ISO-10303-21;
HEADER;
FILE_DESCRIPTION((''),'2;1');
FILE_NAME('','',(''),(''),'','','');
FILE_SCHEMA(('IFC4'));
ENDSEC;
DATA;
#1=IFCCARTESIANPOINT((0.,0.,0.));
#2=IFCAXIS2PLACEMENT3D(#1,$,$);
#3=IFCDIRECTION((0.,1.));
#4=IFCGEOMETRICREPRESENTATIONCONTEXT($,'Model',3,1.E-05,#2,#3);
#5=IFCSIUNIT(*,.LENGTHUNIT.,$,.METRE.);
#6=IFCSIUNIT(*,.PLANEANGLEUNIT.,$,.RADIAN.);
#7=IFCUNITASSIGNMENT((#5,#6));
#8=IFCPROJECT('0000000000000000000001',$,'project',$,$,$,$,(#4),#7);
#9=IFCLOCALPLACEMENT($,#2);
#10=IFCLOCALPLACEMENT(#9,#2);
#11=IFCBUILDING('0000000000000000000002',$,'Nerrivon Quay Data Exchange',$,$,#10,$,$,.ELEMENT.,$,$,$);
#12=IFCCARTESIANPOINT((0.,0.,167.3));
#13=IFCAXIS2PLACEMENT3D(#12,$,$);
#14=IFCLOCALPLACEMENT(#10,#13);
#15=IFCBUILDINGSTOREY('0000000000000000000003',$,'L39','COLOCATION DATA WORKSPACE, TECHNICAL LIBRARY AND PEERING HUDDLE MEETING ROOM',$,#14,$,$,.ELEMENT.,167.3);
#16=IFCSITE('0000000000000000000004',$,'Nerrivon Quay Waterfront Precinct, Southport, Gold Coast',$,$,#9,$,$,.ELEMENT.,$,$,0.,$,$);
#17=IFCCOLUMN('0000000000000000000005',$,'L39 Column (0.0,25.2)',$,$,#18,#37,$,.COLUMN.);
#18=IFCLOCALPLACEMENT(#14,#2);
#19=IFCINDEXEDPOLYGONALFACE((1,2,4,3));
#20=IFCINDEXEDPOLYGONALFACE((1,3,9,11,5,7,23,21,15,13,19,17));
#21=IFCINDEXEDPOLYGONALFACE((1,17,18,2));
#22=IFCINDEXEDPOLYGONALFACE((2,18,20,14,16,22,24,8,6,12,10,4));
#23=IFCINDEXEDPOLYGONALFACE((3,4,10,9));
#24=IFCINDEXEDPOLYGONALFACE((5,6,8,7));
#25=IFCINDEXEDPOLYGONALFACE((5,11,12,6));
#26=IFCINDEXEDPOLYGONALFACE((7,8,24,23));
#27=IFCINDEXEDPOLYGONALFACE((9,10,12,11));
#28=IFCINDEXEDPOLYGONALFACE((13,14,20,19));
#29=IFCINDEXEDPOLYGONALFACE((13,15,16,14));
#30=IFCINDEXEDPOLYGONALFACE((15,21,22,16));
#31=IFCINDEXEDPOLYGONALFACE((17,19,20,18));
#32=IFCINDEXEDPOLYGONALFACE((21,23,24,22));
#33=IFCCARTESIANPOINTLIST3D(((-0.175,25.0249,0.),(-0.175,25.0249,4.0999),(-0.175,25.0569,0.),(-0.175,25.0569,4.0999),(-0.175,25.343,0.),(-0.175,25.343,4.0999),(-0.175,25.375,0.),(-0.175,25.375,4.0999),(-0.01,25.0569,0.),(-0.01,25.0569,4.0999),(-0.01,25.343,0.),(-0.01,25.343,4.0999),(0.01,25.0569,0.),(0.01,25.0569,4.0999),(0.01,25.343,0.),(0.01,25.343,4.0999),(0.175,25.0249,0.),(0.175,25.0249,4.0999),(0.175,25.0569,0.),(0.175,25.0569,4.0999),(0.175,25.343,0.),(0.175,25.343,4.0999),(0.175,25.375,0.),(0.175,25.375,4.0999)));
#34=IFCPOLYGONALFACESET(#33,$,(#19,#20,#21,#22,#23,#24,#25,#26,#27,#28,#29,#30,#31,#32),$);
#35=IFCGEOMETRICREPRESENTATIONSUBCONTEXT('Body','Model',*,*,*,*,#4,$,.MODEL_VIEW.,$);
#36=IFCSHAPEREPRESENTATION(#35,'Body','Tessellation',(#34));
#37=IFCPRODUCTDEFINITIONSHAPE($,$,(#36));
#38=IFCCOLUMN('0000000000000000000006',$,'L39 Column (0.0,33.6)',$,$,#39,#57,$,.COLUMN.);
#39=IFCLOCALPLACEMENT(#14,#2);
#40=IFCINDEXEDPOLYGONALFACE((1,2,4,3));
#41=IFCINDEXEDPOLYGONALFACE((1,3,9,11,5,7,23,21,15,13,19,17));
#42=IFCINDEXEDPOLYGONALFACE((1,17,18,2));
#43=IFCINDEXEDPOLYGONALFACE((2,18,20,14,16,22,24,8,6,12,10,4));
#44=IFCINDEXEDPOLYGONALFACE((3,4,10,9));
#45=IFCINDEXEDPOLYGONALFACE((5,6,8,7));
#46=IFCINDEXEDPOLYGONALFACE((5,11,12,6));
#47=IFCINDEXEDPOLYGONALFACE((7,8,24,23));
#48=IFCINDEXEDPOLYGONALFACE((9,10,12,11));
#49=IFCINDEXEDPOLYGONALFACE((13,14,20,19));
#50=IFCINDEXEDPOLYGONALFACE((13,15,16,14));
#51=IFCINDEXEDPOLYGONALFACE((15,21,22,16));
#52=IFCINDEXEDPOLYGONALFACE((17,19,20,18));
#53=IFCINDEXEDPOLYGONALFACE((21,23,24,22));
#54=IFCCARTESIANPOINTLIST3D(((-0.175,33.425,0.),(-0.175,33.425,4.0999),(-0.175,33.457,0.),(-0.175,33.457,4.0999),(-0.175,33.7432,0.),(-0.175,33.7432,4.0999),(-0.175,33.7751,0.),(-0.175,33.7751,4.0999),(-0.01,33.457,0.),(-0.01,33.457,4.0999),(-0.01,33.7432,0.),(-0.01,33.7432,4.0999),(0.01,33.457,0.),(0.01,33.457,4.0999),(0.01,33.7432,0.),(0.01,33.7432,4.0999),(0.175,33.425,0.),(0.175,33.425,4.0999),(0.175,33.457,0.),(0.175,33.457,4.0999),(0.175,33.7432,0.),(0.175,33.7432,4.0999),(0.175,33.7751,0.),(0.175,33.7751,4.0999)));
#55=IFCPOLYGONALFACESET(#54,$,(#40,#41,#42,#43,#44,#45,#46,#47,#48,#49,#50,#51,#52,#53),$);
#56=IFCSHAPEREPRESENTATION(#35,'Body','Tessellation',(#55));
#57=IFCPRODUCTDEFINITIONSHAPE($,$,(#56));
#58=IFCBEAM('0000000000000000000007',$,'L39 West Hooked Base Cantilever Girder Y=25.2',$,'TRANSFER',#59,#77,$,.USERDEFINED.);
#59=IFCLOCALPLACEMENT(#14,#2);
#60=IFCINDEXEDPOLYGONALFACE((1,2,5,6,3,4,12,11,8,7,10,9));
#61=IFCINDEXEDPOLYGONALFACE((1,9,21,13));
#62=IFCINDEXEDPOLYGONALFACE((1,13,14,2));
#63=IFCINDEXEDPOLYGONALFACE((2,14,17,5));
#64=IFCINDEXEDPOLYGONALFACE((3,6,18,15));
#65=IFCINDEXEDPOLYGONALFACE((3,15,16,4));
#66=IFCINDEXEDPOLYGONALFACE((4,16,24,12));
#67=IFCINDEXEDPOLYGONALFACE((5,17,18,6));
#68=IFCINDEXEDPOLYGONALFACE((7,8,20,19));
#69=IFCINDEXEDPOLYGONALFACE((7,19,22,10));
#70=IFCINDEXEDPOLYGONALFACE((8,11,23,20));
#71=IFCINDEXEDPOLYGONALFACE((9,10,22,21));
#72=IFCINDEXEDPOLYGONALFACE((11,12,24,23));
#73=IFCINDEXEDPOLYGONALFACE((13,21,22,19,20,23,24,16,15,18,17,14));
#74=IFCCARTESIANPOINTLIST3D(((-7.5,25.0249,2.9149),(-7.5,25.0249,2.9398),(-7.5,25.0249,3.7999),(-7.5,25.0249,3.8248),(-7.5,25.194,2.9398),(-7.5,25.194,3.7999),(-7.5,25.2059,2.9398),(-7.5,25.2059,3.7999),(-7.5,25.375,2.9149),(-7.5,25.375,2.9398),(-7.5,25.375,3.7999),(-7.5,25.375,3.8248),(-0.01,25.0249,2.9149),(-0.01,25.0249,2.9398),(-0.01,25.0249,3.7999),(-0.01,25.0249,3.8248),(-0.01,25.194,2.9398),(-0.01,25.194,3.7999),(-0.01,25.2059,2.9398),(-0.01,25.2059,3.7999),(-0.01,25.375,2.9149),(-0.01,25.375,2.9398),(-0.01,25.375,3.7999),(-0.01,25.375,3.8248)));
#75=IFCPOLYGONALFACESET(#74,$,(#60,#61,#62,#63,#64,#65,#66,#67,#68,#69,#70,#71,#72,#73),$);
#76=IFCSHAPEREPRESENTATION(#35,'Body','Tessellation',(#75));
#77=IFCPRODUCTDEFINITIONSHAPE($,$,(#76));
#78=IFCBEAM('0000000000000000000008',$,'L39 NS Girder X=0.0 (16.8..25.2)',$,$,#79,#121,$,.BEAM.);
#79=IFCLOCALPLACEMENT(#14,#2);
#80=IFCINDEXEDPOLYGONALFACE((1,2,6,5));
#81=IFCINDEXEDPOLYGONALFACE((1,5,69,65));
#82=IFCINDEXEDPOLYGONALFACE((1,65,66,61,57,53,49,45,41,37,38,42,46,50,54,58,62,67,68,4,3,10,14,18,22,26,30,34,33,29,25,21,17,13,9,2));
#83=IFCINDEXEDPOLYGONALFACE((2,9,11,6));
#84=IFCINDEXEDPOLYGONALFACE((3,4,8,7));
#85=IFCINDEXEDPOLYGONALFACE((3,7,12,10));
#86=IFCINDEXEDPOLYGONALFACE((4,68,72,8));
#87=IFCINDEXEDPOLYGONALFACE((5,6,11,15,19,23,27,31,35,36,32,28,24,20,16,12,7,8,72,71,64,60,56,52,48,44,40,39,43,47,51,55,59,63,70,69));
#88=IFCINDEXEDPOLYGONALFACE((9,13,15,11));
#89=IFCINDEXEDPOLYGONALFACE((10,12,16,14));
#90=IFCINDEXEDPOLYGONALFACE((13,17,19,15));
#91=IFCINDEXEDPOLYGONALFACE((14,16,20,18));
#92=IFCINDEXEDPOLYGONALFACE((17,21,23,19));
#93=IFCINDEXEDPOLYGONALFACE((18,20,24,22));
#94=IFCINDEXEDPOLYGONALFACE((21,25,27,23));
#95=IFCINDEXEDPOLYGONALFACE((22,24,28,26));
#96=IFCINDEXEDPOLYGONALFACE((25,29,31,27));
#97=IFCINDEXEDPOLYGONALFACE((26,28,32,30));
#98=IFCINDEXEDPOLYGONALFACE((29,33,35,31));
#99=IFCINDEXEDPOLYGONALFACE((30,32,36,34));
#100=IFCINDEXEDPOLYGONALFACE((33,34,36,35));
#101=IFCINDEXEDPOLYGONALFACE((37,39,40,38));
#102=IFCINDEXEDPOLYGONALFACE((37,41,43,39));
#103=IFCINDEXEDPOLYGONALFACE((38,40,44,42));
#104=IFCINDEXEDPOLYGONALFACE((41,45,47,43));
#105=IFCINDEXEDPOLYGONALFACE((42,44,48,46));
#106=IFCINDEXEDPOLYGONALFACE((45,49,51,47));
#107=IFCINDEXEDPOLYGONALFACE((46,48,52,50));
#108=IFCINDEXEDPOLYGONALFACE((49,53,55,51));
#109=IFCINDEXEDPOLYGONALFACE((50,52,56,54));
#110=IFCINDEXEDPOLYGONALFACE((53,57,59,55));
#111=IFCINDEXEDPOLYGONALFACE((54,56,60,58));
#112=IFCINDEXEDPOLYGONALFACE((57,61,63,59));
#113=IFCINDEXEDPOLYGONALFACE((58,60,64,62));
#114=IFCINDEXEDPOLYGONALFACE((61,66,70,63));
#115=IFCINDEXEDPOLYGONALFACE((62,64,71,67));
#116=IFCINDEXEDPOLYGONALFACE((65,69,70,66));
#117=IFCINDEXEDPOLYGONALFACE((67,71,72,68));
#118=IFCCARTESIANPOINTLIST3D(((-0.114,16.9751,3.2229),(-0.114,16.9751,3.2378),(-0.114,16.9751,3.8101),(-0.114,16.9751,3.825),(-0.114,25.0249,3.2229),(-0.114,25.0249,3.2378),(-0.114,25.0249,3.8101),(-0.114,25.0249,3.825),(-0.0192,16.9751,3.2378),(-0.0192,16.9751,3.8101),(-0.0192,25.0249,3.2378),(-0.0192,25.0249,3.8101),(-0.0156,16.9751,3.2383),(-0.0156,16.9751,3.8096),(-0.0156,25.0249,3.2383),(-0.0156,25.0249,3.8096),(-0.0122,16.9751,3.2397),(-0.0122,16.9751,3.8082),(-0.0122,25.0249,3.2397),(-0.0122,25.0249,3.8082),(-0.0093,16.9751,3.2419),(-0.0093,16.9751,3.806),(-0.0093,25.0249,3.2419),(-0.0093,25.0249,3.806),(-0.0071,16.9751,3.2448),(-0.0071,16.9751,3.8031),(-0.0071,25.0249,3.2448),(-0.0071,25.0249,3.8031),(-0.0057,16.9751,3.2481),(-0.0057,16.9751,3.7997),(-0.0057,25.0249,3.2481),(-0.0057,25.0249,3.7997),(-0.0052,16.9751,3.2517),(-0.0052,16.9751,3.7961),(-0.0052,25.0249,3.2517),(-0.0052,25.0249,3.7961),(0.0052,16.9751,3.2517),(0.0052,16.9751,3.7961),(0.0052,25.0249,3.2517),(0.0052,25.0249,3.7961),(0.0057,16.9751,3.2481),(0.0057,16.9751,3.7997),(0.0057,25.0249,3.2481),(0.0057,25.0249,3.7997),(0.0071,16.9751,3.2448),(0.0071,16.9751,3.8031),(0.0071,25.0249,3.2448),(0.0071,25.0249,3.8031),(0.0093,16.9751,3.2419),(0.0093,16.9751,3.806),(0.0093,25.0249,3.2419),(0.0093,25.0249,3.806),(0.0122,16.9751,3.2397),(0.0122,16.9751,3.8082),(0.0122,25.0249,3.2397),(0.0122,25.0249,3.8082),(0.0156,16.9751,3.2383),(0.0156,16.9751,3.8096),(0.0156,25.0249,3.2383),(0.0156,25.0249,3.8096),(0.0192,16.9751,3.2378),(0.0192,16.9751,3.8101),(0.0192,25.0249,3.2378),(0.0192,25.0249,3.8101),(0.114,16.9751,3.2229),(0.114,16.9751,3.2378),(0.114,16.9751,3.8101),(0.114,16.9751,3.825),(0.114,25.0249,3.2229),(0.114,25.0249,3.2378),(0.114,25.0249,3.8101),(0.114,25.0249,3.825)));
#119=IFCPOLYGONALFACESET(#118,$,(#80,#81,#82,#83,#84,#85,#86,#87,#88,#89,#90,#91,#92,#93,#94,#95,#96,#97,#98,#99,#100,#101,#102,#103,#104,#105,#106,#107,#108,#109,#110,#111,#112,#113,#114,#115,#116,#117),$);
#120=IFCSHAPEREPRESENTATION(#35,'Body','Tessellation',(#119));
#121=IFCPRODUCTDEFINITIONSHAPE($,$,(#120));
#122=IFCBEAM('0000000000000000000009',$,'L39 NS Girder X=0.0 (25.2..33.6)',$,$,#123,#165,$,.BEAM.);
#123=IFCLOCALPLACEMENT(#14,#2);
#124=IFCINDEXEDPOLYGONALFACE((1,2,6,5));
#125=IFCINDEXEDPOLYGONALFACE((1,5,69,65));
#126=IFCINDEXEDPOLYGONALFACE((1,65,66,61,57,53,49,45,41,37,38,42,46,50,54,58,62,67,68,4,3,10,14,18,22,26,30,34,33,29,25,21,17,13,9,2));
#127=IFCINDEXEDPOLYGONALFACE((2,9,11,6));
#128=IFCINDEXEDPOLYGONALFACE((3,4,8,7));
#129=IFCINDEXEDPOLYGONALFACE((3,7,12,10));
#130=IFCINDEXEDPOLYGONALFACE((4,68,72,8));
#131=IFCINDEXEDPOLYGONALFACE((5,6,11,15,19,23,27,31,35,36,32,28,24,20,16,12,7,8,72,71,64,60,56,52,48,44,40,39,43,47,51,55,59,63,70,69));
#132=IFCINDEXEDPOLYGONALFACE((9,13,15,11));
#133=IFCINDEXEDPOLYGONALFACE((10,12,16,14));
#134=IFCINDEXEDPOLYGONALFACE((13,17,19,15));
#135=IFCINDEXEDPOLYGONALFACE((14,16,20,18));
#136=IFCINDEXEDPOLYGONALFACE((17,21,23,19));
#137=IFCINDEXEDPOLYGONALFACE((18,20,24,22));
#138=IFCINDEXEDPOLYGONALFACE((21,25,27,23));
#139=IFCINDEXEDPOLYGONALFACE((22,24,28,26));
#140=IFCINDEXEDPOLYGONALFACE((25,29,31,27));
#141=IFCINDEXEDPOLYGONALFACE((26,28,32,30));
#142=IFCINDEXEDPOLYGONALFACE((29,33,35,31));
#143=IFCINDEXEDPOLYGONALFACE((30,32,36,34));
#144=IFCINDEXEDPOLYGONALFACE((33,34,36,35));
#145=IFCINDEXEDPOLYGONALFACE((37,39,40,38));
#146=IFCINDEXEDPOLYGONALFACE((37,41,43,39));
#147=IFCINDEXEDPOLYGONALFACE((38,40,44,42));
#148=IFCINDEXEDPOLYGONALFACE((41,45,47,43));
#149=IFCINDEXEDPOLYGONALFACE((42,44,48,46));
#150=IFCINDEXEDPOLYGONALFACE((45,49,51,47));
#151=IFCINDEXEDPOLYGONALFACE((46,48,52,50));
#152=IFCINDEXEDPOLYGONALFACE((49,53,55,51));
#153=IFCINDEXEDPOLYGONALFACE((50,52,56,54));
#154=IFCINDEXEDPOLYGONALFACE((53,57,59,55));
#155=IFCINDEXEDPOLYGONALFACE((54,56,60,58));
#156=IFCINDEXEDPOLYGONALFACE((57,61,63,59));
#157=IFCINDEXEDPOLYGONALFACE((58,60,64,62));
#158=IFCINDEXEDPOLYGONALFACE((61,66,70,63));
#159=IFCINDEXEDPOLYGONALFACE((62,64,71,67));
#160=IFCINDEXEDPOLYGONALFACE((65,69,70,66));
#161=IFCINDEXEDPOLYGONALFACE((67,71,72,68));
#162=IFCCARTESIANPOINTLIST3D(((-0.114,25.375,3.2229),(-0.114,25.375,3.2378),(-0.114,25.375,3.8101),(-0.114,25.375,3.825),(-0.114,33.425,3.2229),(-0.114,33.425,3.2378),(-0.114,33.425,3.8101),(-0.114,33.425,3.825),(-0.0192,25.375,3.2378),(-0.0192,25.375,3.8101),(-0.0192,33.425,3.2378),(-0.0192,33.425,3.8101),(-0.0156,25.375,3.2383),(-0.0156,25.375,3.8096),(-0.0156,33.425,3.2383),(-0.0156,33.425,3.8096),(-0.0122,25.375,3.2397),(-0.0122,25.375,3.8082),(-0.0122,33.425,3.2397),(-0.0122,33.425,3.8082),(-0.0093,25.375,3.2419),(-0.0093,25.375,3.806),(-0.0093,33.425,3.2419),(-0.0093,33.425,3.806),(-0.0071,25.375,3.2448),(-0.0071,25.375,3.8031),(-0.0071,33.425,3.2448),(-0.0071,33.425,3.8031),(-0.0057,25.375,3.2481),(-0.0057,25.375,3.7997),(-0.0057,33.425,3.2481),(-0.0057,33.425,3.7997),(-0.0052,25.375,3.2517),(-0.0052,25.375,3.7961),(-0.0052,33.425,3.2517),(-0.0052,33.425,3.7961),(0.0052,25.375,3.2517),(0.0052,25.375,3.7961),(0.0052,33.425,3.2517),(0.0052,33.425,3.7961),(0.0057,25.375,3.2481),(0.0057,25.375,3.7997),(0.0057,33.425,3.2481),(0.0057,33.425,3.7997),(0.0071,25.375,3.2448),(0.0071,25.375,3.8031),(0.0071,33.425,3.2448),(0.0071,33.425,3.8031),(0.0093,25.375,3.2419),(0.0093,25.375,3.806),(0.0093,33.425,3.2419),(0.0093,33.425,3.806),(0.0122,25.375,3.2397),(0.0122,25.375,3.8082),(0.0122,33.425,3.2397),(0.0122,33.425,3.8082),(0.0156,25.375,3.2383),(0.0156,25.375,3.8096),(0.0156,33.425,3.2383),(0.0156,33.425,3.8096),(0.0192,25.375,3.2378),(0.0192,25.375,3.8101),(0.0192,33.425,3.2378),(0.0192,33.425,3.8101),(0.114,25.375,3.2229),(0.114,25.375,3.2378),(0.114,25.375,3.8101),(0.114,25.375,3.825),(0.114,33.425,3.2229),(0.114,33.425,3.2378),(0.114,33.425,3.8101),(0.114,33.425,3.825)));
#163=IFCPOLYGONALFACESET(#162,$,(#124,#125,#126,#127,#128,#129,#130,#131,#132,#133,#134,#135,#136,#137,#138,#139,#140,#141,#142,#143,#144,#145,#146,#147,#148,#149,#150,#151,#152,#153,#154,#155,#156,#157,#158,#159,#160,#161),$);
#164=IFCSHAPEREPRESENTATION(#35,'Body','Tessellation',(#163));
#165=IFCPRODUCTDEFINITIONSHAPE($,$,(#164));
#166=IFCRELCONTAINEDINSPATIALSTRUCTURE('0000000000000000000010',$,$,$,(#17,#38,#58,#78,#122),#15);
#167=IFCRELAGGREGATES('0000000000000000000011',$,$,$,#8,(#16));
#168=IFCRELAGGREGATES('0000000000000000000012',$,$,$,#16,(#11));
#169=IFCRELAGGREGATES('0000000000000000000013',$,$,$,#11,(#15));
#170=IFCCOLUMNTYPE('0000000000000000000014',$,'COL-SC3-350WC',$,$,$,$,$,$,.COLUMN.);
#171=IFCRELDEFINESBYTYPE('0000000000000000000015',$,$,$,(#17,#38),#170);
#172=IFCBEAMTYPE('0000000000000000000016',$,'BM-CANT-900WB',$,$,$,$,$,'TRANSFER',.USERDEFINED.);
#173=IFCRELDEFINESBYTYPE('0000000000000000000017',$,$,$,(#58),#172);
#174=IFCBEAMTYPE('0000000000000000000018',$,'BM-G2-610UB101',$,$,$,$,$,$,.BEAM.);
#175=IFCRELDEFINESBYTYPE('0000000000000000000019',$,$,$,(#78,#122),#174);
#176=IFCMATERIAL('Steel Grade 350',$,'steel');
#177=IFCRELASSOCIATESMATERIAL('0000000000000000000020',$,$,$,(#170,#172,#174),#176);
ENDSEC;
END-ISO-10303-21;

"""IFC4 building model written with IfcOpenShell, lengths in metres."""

from ifc_helpers import new_model, si_unit, direction, frame, origin, origin_2d, place, context, subcontext, project, spatial, i_section, extrude, material, material_profile, profile_set, type_object, element, save


model = new_model("IFC4")

# Units and contexts
model_context = context("Model", 3, precision=1e-05, world=origin(), true_north=direction((0.0, 1.0)))
body_context = subcontext(model_context, "Body", "Model", "MODEL_VIEW")
ifc_project = project(units=[si_unit("LENGTHUNIT", "METRE"), si_unit("PLANEANGLEUNIT", "RADIAN")], contexts=[model_context])

# Site, building, storey
site_placement = place(None, origin())
site = spatial("IfcSite", under=ifc_project, at=site_placement, Name="Nerrivon Quay Waterfront Precinct, Southport, Gold Coast", CompositionType="ELEMENT", RefElevation=0.0)
building_placement = place(site_placement, origin())
building = spatial("IfcBuilding", under=site, at=building_placement, Name="Nerrivon Quay Data Exchange", CompositionType="ELEMENT")
storey_placement = place(building_placement, frame((0.0, 0.0, 167.3)))
storey = spatial("IfcBuildingStorey", under=building, at=storey_placement, Name="L39", Description="COLOCATION DATA WORKSPACE, TECHNICAL LIBRARY AND PEERING HUDDLE MEETING ROOM", CompositionType="ELEMENT", Elevation=167.3)

# Columns
ifc_material_1 = material(Name="Steel Grade 350", Category="steel")
ifc_material_profile_1 = material_profile(ifc_material_1, i_section(OverallWidth=0.3501, OverallDepth=0.3501, WebThickness=0.02, FlangeThickness=0.032, at=origin_2d()), Name="350WC230")
ifc_profile_set_1 = profile_set([ifc_material_profile_1], Name="Steel Grade 350")
column_type = type_object("IfcColumnType", Name="COL-SC3-350WC", PredefinedType="COLUMN", material=ifc_profile_set_1)
for number, where, z_axis, x_axis, name in (
    (1, (0.0, 25.2, 0.0), (0.0, 0.0, 1.0), (1.0, 0.0, 0.0), "L39 Column (0.0,25.2)"),
    (2, (0.0, 33.6001, 0.0), (0.0, 0.0, 1.0), (1.0, 0.0, 0.0), "L39 Column (0.0,33.6)"),
):
    element("IfcColumn", number, at=place(storey_placement, frame(where, z_axis=z_axis, x_axis=x_axis)), inside=storey, type_object=column_type, Name=name, PredefinedType="COLUMN", context=body_context, shape_type="SweptSolid", body=[
        extrude(i_section(OverallWidth=0.3501, OverallDepth=0.3501, WebThickness=0.02, FlangeThickness=0.032, at=origin_2d()), origin(), (0.0, 0.0, 1.0), 4.0999),
    ])

# Beams
ifc_material_profile_2 = material_profile(ifc_material_1, i_section(OverallWidth=0.3501, OverallDepth=0.9099, WebThickness=0.012, FlangeThickness=0.0249, at=origin_2d()), Name="900WB218")
ifc_profile_set_2 = profile_set([ifc_material_profile_2], Name="Steel Grade 350")
beam_type_1 = type_object("IfcBeamType", Name="BM-CANT-900WB", ElementType="TRANSFER", PredefinedType="USERDEFINED", material=ifc_profile_set_2)
beam_1_placement = place(storey_placement, frame((-0.01, 25.2, 3.3699), z_axis=(-1.0, 0.0, 0.0), x_axis=(0.0, -1.0, 0.0)))
element("IfcBeam", 3, at=beam_1_placement, inside=storey, type_object=beam_type_1, Name="L39 West Hooked Base Cantilever Girder Y=25.2", ObjectType="TRANSFER", PredefinedType="USERDEFINED", context=body_context, shape_type="SweptSolid", body=[
    extrude(i_section(OverallWidth=0.3501, OverallDepth=0.9099, WebThickness=0.012, FlangeThickness=0.0249, at=origin_2d()), origin(), (0.0, 0.0, 1.0), 7.49),
])
ifc_material_profile_3 = material_profile(ifc_material_1, i_section(OverallWidth=0.228, OverallDepth=0.6021, WebThickness=0.0105, FlangeThickness=0.0149, FilletRadius=0.0139, at=origin_2d()), Name="610UB101")
ifc_profile_set_3 = profile_set([ifc_material_profile_3], Name="Steel Grade 350")
beam_type_2 = type_object("IfcBeamType", Name="BM-G2-610UB101", PredefinedType="BEAM", material=ifc_profile_set_3)
beam_2_placement = place(storey_placement, frame((0.0, 16.9751, 3.5239), z_axis=(0.0, 1.0, 0.0), x_axis=(-1.0, 0.0, 0.0)))
element("IfcBeam", 4, at=beam_2_placement, inside=storey, type_object=beam_type_2, Name="L39 NS Girder X=0.0 (16.8..25.2)", PredefinedType="BEAM", context=body_context, shape_type="SweptSolid", body=[
    extrude(i_section(OverallWidth=0.228, OverallDepth=0.6021, WebThickness=0.0105, FlangeThickness=0.0149, FilletRadius=0.0139, at=origin_2d()), origin(), (0.0, 0.0, 1.0), 8.0498),
])
beam_3_placement = place(storey_placement, frame((0.0, 25.375, 3.5239), z_axis=(0.0, 1.0, 0.0), x_axis=(-1.0, 0.0, 0.0)))
element("IfcBeam", 5, at=beam_3_placement, inside=storey, type_object=beam_type_2, Name="L39 NS Girder X=0.0 (25.2..33.6)", PredefinedType="BEAM", context=body_context, shape_type="SweptSolid", body=[
    extrude(i_section(OverallWidth=0.228, OverallDepth=0.6021, WebThickness=0.0105, FlangeThickness=0.0149, FilletRadius=0.0139, at=origin_2d()), origin(), (0.0, 0.0, 1.0), 8.05),
])

save(model, "model.ifc")
